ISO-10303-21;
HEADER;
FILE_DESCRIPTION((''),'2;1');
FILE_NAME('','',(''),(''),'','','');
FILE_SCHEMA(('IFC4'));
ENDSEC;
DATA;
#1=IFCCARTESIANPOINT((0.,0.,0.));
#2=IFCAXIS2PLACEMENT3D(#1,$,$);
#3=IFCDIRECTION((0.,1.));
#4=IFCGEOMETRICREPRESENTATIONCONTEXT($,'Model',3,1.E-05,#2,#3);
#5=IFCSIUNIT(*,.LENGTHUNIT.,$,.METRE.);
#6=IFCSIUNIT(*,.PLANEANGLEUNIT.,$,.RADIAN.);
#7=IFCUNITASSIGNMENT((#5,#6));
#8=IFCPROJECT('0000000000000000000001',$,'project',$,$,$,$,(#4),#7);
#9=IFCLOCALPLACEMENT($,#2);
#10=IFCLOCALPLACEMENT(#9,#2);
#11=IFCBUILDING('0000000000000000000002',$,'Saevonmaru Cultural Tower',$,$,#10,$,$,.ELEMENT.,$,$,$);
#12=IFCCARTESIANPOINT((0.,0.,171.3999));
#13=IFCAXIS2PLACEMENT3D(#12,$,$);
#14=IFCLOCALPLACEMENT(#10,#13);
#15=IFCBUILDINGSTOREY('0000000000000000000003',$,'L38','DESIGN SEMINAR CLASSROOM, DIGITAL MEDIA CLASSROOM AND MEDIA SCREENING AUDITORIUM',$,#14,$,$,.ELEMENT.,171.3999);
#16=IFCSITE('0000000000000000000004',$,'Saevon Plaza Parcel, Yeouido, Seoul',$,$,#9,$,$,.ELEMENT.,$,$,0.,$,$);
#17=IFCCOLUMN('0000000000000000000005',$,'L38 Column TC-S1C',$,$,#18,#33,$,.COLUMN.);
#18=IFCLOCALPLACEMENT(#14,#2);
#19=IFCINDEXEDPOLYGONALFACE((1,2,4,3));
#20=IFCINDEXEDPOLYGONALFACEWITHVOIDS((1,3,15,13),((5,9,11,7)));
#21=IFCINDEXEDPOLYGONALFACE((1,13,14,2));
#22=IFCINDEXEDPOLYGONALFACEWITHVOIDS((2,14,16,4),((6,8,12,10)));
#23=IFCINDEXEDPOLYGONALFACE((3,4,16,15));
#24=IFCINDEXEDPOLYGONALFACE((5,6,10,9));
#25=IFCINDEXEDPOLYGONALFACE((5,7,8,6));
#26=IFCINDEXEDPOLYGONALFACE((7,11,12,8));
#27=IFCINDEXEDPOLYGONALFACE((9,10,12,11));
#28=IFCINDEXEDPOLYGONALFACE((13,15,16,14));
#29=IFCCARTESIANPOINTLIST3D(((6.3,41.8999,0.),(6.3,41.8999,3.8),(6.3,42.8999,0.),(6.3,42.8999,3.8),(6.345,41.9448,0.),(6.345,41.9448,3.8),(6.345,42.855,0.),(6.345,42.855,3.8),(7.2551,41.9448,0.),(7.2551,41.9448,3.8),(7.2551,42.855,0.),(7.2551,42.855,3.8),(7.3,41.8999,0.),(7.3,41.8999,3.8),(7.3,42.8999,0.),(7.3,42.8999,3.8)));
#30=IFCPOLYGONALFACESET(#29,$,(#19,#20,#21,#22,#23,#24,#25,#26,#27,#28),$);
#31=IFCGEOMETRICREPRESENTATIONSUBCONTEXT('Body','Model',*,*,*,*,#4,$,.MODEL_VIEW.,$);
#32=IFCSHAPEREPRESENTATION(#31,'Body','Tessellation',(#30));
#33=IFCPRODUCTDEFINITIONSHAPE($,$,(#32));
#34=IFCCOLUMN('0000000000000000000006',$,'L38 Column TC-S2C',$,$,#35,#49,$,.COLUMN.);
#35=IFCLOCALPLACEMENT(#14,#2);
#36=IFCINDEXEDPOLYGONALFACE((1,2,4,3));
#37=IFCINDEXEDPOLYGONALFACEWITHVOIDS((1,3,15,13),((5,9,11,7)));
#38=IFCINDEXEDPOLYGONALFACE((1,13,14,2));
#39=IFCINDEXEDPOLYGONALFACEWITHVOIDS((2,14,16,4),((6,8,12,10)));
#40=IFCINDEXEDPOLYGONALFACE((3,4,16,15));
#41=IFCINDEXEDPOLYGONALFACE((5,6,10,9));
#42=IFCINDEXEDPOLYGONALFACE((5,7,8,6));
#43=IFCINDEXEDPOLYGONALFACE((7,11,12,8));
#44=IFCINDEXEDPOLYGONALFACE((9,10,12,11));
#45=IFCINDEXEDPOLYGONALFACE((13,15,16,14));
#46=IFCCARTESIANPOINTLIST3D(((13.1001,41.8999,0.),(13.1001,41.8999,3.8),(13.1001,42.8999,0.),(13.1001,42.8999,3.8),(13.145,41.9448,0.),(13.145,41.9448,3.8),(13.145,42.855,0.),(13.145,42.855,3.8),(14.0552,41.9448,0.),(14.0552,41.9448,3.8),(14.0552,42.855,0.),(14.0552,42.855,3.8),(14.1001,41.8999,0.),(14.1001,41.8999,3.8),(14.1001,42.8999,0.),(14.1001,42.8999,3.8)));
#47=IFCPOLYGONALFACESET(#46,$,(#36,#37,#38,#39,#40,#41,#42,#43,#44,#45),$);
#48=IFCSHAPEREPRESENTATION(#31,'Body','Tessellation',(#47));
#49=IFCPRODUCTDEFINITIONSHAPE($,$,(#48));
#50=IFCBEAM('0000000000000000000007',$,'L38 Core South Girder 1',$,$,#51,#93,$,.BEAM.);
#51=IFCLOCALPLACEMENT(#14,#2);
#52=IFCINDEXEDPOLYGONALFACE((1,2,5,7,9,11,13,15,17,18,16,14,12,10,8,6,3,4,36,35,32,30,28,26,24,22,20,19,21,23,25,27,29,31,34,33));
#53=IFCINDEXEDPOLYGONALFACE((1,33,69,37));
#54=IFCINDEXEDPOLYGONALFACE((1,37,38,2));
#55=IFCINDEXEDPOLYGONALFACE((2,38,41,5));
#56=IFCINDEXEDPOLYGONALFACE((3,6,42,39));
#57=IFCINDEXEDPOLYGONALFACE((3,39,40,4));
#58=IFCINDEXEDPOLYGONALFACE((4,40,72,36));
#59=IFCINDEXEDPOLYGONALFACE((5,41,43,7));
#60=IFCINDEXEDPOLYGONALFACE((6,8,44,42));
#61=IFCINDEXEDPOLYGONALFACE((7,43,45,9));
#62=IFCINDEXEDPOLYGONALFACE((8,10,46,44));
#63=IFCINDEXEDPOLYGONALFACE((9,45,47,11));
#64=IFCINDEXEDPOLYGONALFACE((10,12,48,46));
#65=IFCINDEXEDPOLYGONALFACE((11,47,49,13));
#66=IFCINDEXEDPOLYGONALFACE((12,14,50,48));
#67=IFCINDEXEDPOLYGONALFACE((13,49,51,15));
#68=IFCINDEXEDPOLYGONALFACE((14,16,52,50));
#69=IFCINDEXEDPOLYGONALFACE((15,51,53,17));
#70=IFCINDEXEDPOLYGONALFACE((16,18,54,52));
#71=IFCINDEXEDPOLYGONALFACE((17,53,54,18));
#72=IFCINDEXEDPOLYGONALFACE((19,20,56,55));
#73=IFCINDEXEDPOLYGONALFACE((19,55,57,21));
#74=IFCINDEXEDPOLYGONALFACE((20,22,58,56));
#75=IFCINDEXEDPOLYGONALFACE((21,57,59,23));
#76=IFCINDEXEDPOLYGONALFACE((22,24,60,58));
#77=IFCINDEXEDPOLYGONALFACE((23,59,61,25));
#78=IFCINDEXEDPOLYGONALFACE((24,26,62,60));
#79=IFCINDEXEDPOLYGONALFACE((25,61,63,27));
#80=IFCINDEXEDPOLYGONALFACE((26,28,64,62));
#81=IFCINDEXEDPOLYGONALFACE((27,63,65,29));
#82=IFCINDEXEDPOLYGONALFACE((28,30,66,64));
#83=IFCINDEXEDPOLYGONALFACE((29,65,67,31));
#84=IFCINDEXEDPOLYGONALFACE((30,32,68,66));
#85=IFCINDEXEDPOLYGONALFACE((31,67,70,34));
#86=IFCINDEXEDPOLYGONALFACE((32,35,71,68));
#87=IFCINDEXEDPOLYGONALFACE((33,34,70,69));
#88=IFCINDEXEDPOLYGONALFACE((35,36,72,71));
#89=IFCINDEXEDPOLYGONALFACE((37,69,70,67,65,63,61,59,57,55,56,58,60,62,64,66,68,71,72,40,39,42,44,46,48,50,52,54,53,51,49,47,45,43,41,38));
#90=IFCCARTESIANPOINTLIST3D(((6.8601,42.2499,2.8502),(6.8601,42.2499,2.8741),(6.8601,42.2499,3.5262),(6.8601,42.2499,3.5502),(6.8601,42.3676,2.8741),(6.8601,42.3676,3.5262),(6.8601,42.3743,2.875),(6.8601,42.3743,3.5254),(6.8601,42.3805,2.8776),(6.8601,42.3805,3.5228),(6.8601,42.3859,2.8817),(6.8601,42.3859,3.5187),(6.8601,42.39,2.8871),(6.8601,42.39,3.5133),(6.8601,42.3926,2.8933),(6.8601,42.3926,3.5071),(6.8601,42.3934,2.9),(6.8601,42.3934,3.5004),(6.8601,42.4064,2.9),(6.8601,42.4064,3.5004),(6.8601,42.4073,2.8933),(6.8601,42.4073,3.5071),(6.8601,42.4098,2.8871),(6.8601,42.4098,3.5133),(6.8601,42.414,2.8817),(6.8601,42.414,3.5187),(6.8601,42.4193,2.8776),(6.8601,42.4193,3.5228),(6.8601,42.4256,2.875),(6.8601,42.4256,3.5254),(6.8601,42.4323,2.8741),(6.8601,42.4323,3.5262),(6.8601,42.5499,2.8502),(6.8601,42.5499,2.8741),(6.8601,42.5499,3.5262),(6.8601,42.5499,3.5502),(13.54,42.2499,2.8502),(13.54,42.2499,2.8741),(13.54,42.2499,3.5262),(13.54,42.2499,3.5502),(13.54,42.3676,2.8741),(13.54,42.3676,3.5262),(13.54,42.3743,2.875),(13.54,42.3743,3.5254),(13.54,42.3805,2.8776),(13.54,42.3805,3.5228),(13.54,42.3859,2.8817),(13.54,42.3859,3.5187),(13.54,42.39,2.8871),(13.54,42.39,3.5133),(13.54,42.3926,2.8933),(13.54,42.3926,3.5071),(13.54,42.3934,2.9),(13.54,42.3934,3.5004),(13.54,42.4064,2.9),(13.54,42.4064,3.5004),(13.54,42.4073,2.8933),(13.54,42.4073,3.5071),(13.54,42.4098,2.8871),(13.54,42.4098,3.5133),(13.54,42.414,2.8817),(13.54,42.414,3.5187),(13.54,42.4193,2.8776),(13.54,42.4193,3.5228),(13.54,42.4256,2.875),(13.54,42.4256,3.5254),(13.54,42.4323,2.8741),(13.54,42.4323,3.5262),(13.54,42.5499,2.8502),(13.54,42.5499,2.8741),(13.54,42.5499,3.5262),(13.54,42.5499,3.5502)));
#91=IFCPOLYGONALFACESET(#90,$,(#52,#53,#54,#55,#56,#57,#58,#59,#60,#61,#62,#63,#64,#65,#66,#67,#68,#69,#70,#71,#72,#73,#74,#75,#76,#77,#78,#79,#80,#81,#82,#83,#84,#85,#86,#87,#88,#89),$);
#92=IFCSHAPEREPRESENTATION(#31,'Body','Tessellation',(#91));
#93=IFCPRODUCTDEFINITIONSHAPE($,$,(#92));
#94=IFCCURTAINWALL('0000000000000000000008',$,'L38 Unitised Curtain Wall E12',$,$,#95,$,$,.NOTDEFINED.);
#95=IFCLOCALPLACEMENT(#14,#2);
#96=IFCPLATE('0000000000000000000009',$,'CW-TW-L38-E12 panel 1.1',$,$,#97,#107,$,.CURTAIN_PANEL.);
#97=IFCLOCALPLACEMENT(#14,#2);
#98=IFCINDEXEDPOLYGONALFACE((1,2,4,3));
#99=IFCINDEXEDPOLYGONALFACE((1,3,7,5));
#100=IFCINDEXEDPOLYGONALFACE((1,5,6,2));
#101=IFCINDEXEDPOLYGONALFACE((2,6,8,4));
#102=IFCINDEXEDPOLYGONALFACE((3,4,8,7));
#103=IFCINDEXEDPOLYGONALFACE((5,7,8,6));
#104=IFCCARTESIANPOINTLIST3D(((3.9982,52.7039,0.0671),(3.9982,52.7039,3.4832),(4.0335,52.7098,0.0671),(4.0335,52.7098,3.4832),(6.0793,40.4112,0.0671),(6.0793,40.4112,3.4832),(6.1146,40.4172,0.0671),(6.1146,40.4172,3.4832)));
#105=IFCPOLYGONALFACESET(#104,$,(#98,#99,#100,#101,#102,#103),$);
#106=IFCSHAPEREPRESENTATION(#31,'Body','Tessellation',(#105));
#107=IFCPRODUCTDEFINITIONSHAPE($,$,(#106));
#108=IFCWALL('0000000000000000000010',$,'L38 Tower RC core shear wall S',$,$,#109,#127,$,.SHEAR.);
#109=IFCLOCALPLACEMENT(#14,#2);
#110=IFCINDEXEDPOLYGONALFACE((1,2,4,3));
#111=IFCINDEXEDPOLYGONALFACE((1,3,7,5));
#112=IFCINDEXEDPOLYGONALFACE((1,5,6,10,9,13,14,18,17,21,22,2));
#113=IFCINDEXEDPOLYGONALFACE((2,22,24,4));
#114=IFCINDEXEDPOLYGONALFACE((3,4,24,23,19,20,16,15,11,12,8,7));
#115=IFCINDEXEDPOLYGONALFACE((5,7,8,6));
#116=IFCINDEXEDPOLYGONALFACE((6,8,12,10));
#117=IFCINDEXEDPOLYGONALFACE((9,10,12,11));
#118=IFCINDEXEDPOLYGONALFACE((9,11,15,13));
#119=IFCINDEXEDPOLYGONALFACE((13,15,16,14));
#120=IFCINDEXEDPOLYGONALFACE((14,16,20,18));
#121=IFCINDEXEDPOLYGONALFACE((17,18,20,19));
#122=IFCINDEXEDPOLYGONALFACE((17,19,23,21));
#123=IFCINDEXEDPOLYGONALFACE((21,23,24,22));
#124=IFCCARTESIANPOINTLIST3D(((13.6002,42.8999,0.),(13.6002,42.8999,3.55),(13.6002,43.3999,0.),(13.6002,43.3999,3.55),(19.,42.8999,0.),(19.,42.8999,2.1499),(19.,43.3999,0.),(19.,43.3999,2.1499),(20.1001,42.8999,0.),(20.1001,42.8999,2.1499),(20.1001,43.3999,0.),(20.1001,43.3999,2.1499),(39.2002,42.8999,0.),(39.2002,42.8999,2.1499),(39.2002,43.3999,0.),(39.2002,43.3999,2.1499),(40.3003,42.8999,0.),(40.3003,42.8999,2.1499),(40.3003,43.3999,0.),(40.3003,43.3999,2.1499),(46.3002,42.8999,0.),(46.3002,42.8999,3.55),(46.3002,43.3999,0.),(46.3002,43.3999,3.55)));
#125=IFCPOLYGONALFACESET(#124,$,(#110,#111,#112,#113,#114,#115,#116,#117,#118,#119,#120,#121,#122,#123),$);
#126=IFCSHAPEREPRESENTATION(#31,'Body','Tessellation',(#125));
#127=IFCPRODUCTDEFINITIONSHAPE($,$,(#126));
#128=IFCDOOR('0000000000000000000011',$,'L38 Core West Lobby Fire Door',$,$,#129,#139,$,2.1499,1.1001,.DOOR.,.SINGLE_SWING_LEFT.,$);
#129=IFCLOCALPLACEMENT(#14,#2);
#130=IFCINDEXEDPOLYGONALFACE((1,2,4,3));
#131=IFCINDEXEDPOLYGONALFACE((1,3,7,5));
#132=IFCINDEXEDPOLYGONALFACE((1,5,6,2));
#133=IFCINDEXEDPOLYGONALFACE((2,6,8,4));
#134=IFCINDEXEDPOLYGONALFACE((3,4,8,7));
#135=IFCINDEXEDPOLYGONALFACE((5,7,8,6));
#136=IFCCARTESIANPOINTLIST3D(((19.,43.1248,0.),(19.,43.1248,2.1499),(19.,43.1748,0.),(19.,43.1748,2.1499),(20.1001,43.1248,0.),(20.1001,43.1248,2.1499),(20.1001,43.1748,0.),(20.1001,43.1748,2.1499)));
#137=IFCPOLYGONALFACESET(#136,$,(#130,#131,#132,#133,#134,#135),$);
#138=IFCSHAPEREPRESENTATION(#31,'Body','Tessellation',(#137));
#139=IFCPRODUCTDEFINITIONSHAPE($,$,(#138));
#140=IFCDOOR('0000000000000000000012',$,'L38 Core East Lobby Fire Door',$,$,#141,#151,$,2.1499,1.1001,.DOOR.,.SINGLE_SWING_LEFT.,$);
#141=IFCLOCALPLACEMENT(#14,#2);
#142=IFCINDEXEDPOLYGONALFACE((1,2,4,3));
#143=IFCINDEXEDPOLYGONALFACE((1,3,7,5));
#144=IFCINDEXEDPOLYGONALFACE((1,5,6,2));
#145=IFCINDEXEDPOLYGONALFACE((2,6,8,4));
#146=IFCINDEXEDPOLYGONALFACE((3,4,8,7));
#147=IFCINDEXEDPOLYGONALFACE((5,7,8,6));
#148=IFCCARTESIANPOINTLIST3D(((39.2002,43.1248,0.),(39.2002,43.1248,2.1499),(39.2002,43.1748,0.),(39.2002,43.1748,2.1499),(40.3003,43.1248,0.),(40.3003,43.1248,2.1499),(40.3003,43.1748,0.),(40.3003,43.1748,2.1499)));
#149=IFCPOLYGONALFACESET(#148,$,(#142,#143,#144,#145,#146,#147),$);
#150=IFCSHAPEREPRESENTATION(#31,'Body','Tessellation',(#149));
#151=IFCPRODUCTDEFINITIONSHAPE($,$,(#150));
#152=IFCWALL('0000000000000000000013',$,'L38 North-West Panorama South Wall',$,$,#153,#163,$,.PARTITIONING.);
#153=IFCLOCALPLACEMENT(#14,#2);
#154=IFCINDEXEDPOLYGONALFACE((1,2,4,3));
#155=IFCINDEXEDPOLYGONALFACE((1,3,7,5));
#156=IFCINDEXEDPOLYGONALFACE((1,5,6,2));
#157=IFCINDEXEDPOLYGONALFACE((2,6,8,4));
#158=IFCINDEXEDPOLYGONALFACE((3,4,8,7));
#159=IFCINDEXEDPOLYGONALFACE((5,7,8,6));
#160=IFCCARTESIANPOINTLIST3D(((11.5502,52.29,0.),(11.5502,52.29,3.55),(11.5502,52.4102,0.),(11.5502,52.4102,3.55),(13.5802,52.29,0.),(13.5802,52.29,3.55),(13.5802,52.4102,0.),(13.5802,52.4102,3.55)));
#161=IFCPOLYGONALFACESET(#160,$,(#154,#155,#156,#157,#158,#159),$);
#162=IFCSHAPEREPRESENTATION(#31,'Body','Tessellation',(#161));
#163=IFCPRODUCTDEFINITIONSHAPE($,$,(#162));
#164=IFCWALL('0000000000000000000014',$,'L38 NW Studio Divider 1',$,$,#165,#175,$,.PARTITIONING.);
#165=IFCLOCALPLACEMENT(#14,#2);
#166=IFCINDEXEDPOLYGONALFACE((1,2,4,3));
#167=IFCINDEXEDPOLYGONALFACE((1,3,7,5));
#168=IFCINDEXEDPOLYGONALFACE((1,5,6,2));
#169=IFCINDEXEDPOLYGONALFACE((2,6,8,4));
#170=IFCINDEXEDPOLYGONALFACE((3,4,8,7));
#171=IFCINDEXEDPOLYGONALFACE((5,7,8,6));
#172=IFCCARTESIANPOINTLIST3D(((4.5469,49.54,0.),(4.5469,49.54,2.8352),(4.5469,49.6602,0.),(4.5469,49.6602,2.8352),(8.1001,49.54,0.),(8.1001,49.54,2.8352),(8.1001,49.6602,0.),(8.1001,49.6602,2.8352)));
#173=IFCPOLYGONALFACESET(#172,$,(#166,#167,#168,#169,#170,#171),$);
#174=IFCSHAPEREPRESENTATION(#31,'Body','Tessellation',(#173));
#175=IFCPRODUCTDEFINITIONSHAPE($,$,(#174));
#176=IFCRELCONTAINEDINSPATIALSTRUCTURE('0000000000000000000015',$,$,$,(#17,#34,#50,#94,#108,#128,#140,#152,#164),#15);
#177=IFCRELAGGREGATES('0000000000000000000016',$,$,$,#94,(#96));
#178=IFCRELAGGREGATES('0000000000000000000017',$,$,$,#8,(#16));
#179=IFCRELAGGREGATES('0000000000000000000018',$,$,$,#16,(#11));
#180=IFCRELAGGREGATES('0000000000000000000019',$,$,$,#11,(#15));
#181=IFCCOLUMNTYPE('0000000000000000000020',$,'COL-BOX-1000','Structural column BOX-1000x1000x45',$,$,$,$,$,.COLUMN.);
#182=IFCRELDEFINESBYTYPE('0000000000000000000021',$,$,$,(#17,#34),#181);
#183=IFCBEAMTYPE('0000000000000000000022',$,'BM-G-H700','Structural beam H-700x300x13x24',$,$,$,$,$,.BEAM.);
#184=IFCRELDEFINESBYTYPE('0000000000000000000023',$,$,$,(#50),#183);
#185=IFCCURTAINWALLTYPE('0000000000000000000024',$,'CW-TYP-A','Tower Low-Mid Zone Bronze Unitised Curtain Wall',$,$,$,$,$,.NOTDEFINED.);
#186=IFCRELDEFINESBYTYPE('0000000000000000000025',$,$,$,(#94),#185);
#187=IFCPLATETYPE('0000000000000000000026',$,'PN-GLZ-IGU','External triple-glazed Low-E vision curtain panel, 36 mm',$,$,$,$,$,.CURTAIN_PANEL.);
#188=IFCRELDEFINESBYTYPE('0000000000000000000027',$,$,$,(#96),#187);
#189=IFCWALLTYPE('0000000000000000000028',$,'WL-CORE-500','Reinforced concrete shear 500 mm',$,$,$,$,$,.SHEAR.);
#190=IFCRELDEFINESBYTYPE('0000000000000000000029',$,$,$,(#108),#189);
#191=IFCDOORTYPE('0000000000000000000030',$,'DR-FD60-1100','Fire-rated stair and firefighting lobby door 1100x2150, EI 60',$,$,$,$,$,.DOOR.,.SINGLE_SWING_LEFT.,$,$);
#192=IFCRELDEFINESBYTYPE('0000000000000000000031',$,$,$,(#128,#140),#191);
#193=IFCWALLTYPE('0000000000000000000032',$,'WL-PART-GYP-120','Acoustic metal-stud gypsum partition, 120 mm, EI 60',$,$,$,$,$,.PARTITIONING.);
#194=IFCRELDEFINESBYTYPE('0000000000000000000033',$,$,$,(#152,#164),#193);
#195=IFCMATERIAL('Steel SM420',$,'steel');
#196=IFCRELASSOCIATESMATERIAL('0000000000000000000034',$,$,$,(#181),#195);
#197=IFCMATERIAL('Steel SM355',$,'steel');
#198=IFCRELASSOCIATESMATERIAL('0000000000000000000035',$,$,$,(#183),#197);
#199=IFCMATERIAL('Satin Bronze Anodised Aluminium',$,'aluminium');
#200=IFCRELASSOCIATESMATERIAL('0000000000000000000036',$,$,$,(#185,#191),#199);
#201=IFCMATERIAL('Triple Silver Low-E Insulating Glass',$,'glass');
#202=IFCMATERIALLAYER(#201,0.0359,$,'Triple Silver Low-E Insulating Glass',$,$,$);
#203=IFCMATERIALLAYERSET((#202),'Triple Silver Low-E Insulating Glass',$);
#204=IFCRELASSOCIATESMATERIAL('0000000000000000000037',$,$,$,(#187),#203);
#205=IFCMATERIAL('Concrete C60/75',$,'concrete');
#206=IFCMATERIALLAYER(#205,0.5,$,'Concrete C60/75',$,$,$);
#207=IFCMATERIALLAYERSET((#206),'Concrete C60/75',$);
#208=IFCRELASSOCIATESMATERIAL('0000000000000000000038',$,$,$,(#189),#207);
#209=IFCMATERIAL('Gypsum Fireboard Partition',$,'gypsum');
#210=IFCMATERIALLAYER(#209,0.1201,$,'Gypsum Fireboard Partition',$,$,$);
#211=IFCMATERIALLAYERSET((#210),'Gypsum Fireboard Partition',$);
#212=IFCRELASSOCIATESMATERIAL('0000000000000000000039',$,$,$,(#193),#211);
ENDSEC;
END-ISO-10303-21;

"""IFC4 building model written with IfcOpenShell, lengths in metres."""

from ifc_helpers import new_model, si_unit, direction, frame, frame_2d, origin, origin_2d, place, context, subcontext, project, spatial, rectangle, hollow_rectangle, i_section, extrude, material, layer, layer_set, material_profile, profile_set, type_object, element, fill, aggregate, save


model = new_model("IFC4")

# Units and contexts
model_context = context("Model", 3, precision=1e-05, world=origin(), true_north=direction((0.0, 1.0)))
body_context = subcontext(model_context, "Body", "Model", "MODEL_VIEW")
ifc_project = project(units=[si_unit("LENGTHUNIT", "METRE"), si_unit("PLANEANGLEUNIT", "RADIAN")], contexts=[model_context])

# Site, building, storey
site_placement = place(None, origin())
site = spatial("IfcSite", under=ifc_project, at=site_placement, Name="Saevon Plaza Parcel, Yeouido, Seoul", CompositionType="ELEMENT", RefElevation=0.0)
building_placement = place(site_placement, origin())
building = spatial("IfcBuilding", under=site, at=building_placement, Name="Saevonmaru Cultural Tower", CompositionType="ELEMENT")
storey_placement = place(building_placement, frame((0.0, 0.0, 171.3999)))
storey = spatial("IfcBuildingStorey", under=building, at=storey_placement, Name="L38", Description="DESIGN SEMINAR CLASSROOM, DIGITAL MEDIA CLASSROOM AND MEDIA SCREENING AUDITORIUM", CompositionType="ELEMENT", Elevation=171.3999)

# Columns
ifc_material_1 = material(Name="Steel SM420", Category="steel")
ifc_material_profile_1 = material_profile(ifc_material_1, hollow_rectangle(XDim=1.0, YDim=1.0, WallThickness=0.0449, at=origin_2d()), Name="BOX-1000x1000x45")
ifc_profile_set_1 = profile_set([ifc_material_profile_1], Name="Steel SM420")
column_type = type_object("IfcColumnType", Name="COL-BOX-1000", Description="Structural column BOX-1000x1000x45", PredefinedType="COLUMN", material=ifc_profile_set_1)
for number, where, z_axis, x_axis, name in (
    (1, (6.8, 42.3999, 0.0), (0.0, 0.0, 1.0), (1.0, 0.0, 0.0), "L38 Column TC-S1C"),
    (2, (13.6001, 42.3999, 0.0), (0.0, 0.0, 1.0), (1.0, 0.0, 0.0), "L38 Column TC-S2C"),
):
    element("IfcColumn", number, at=place(storey_placement, frame(where, z_axis=z_axis, x_axis=x_axis)), inside=storey, type_object=column_type, Name=name, PredefinedType="COLUMN", context=body_context, shape_type="SweptSolid", body=[
        extrude(hollow_rectangle(XDim=1.0, YDim=1.0, WallThickness=0.0449, at=origin_2d()), origin(), (0.0, 0.0, 1.0), 3.8),
    ])

# Beam
ifc_material_2 = material(Name="Steel SM355", Category="steel")
ifc_material_profile_2 = material_profile(ifc_material_2, i_section(OverallWidth=0.3, OverallDepth=0.7, WebThickness=0.0129, FlangeThickness=0.0239, FilletRadius=0.0259, at=origin_2d()), Name="H-700x300x13x24")
ifc_profile_set_2 = profile_set([ifc_material_profile_2], Name="Steel SM355")
beam_type = type_object("IfcBeamType", Name="BM-G-H700", Description="Structural beam H-700x300x13x24", PredefinedType="BEAM", material=ifc_profile_set_2)
beam_placement = place(storey_placement, frame((6.8601, 42.3999, 3.2002), z_axis=(1.0, 0.0, 0.0), x_axis=(0.0, 1.0, 0.0)))
element("IfcBeam", 3, at=beam_placement, inside=storey, type_object=beam_type, Name="L38 Core South Girder 1", PredefinedType="BEAM", context=body_context, shape_type="SweptSolid", body=[
    extrude(i_section(OverallWidth=0.3, OverallDepth=0.7, WebThickness=0.0129, FlangeThickness=0.0239, FilletRadius=0.0259, at=origin_2d()), origin(), (0.0, 0.0, 1.0), 6.6799),
])

# Curtain wall, plate
ifc_material_3 = material(Name="Satin Bronze Anodised Aluminium", Category="aluminium")
curtain_wall_type = type_object("IfcCurtainWallType", Name="CW-TYP-A", Description="Tower Low-Mid Zone Bronze Unitised Curtain Wall", PredefinedType="NOTDEFINED", material=ifc_material_3)
curtain_wall_placement = place(storey_placement, origin())
curtain_wall = element("IfcCurtainWall", 4, at=curtain_wall_placement, inside=storey, type_object=curtain_wall_type, Name="L38 Unitised Curtain Wall E12", PredefinedType="NOTDEFINED")
ifc_material_4 = material(Name="Triple Silver Low-E Insulating Glass", Category="glass")
ifc_layer_1 = layer(ifc_material_4, 0.0359, Name="Triple Silver Low-E Insulating Glass")
ifc_layer_set_1 = layer_set([ifc_layer_1], Name="Triple Silver Low-E Insulating Glass")
plate_type = type_object("IfcPlateType", Name="PN-GLZ-IGU", Description="External triple-glazed Low-E vision curtain panel, 36 mm", PredefinedType="CURTAIN_PANEL", material=ifc_layer_set_1)
plate_placement = place(storey_placement, frame((5.0564, 46.5605, 0.0671), z_axis=(0.0, 0.0, 1.0), x_axis=(0.166922, -0.98597, 0.0)))
plate = element("IfcPlate", 5, at=plate_placement, type_object=plate_type, Name="CW-TW-L38-E12 panel 1.1", PredefinedType="CURTAIN_PANEL", context=body_context, shape_type="SweptSolid", body=[
    extrude(rectangle(XDim=12.4675, YDim=0.0359, at=origin_2d()), origin(), (0.0, 0.0, 1.0), 3.416),
])
aggregate(curtain_wall, [plate])

# Wall, openings, doors
ifc_material_5 = material(Name="Concrete C60/75", Category="concrete")
ifc_layer_2 = layer(ifc_material_5, 0.5, Name="Concrete C60/75")
ifc_layer_set_2 = layer_set([ifc_layer_2], Name="Concrete C60/75")
wall_type_1 = type_object("IfcWallType", Name="WL-CORE-500", Description="Reinforced concrete shear 500 mm", PredefinedType="SHEAR", material=ifc_layer_set_2)
wall_1_placement = place(storey_placement, frame((13.6001, 43.1499, 0.0), z_axis=(0.0, 0.0, 1.0), x_axis=(1.0, 0.0, 0.0)))
wall_1 = element("IfcWall", 6, at=wall_1_placement, inside=storey, type_object=wall_type_1, Name="L38 Tower RC core shear wall S", PredefinedType="SHEAR", context=body_context, shape_type="SweptSolid", body=[
    extrude(rectangle(XDim=32.7, YDim=0.5, at=frame_2d((16.3501, 0.0))), origin(), (0.0, 0.0, 1.0), 3.55),
])
opening_1_placement = place(wall_1_placement, frame((5.3999, 0.0, 0.0)))
opening_1 = element("IfcOpeningElement", 7, at=opening_1_placement, cuts=wall_1, PredefinedType="OPENING", context=body_context, shape_type="SweptSolid", body=[
    extrude(rectangle(XDim=1.1001, YDim=2.1499, at=frame_2d((0.55, 1.075))), frame((0.0, 0.26, 0.0), z_axis=(0.0, -1.0, 0.0), x_axis=(1.0, 0.0, 0.0)), (0.0, 0.0, 1.0), 0.52),
])
opening_2_placement = place(wall_1_placement, frame((25.6001, 0.0, 0.0)))
opening_2 = element("IfcOpeningElement", 8, at=opening_2_placement, cuts=wall_1, PredefinedType="OPENING", context=body_context, shape_type="SweptSolid", body=[
    extrude(rectangle(XDim=1.1001, YDim=2.1499, at=frame_2d((0.55, 1.075))), frame((0.0, 0.26, 0.0), z_axis=(0.0, -1.0, 0.0), x_axis=(1.0, 0.0, 0.0)), (0.0, 0.0, 1.0), 0.52),
])
door_type = type_object("IfcDoorType", Name="DR-FD60-1100", Description="Fire-rated stair and firefighting lobby door 1100x2150, EI 60", OperationType="SINGLE_SWING_LEFT", PredefinedType="DOOR", material=ifc_material_3)
door_1_placement = place(opening_1_placement, origin())
door_1 = element("IfcDoor", 9, at=door_1_placement, inside=storey, type_object=door_type, Name="L38 Core West Lobby Fire Door", OperationType="SINGLE_SWING_LEFT", OverallHeight=2.1499, OverallWidth=1.1001, PredefinedType="DOOR", context=body_context, shape_type="SweptSolid", body=[
    extrude(rectangle(XDim=1.1001, YDim=2.1499, at=frame_2d((0.55, 1.075))), frame((0.0, 0.0249, 0.0), z_axis=(0.0, -1.0, 0.0), x_axis=(1.0, 0.0, 0.0)), (0.0, 0.0, 1.0), 0.05),
])
fill(opening_1, door_1)
door_2_placement = place(opening_2_placement, origin())
door_2 = element("IfcDoor", 10, at=door_2_placement, inside=storey, type_object=door_type, Name="L38 Core East Lobby Fire Door", OperationType="SINGLE_SWING_LEFT", OverallHeight=2.1499, OverallWidth=1.1001, PredefinedType="DOOR", context=body_context, shape_type="SweptSolid", body=[
    extrude(rectangle(XDim=1.1001, YDim=2.1499, at=frame_2d((0.55, 1.075))), frame((0.0, 0.0249, 0.0), z_axis=(0.0, -1.0, 0.0), x_axis=(1.0, 0.0, 0.0)), (0.0, 0.0, 1.0), 0.05),
])
fill(opening_2, door_2)

# Walls
ifc_material_6 = material(Name="Gypsum Fireboard Partition", Category="gypsum")
ifc_layer_3 = layer(ifc_material_6, 0.1201, Name="Gypsum Fireboard Partition")
ifc_layer_set_3 = layer_set([ifc_layer_3], Name="Gypsum Fireboard Partition")
wall_type_2 = type_object("IfcWallType", Name="WL-PART-GYP-120", Description="Acoustic metal-stud gypsum partition, 120 mm, EI 60", PredefinedType="PARTITIONING", material=ifc_layer_set_3)
wall_2_placement = place(storey_placement, frame((11.55, 52.3501, 0.0), z_axis=(0.0, 0.0, 1.0), x_axis=(1.0, 0.0, 0.0)))
element("IfcWall", 11, at=wall_2_placement, inside=storey, type_object=wall_type_2, Name="L38 North-West Panorama South Wall", PredefinedType="PARTITIONING", context=body_context, shape_type="SweptSolid", body=[
    extrude(rectangle(XDim=2.03, YDim=0.1201, at=frame_2d((1.0151, 0.0))), origin(), (0.0, 0.0, 1.0), 3.55),
])
wall_3_placement = place(storey_placement, frame((4.5469, 49.6001, 0.0), z_axis=(0.0, 0.0, 1.0), x_axis=(1.0, 0.0, 0.0)))
element("IfcWall", 12, at=wall_3_placement, inside=storey, type_object=wall_type_2, Name="L38 NW Studio Divider 1", PredefinedType="PARTITIONING", context=body_context, shape_type="SweptSolid", body=[
    extrude(rectangle(XDim=3.5532, YDim=0.1201, at=frame_2d((1.7766, 0.0))), origin(), (0.0, 0.0, 1.0), 2.8352),
])

save(model, "model.ifc")
